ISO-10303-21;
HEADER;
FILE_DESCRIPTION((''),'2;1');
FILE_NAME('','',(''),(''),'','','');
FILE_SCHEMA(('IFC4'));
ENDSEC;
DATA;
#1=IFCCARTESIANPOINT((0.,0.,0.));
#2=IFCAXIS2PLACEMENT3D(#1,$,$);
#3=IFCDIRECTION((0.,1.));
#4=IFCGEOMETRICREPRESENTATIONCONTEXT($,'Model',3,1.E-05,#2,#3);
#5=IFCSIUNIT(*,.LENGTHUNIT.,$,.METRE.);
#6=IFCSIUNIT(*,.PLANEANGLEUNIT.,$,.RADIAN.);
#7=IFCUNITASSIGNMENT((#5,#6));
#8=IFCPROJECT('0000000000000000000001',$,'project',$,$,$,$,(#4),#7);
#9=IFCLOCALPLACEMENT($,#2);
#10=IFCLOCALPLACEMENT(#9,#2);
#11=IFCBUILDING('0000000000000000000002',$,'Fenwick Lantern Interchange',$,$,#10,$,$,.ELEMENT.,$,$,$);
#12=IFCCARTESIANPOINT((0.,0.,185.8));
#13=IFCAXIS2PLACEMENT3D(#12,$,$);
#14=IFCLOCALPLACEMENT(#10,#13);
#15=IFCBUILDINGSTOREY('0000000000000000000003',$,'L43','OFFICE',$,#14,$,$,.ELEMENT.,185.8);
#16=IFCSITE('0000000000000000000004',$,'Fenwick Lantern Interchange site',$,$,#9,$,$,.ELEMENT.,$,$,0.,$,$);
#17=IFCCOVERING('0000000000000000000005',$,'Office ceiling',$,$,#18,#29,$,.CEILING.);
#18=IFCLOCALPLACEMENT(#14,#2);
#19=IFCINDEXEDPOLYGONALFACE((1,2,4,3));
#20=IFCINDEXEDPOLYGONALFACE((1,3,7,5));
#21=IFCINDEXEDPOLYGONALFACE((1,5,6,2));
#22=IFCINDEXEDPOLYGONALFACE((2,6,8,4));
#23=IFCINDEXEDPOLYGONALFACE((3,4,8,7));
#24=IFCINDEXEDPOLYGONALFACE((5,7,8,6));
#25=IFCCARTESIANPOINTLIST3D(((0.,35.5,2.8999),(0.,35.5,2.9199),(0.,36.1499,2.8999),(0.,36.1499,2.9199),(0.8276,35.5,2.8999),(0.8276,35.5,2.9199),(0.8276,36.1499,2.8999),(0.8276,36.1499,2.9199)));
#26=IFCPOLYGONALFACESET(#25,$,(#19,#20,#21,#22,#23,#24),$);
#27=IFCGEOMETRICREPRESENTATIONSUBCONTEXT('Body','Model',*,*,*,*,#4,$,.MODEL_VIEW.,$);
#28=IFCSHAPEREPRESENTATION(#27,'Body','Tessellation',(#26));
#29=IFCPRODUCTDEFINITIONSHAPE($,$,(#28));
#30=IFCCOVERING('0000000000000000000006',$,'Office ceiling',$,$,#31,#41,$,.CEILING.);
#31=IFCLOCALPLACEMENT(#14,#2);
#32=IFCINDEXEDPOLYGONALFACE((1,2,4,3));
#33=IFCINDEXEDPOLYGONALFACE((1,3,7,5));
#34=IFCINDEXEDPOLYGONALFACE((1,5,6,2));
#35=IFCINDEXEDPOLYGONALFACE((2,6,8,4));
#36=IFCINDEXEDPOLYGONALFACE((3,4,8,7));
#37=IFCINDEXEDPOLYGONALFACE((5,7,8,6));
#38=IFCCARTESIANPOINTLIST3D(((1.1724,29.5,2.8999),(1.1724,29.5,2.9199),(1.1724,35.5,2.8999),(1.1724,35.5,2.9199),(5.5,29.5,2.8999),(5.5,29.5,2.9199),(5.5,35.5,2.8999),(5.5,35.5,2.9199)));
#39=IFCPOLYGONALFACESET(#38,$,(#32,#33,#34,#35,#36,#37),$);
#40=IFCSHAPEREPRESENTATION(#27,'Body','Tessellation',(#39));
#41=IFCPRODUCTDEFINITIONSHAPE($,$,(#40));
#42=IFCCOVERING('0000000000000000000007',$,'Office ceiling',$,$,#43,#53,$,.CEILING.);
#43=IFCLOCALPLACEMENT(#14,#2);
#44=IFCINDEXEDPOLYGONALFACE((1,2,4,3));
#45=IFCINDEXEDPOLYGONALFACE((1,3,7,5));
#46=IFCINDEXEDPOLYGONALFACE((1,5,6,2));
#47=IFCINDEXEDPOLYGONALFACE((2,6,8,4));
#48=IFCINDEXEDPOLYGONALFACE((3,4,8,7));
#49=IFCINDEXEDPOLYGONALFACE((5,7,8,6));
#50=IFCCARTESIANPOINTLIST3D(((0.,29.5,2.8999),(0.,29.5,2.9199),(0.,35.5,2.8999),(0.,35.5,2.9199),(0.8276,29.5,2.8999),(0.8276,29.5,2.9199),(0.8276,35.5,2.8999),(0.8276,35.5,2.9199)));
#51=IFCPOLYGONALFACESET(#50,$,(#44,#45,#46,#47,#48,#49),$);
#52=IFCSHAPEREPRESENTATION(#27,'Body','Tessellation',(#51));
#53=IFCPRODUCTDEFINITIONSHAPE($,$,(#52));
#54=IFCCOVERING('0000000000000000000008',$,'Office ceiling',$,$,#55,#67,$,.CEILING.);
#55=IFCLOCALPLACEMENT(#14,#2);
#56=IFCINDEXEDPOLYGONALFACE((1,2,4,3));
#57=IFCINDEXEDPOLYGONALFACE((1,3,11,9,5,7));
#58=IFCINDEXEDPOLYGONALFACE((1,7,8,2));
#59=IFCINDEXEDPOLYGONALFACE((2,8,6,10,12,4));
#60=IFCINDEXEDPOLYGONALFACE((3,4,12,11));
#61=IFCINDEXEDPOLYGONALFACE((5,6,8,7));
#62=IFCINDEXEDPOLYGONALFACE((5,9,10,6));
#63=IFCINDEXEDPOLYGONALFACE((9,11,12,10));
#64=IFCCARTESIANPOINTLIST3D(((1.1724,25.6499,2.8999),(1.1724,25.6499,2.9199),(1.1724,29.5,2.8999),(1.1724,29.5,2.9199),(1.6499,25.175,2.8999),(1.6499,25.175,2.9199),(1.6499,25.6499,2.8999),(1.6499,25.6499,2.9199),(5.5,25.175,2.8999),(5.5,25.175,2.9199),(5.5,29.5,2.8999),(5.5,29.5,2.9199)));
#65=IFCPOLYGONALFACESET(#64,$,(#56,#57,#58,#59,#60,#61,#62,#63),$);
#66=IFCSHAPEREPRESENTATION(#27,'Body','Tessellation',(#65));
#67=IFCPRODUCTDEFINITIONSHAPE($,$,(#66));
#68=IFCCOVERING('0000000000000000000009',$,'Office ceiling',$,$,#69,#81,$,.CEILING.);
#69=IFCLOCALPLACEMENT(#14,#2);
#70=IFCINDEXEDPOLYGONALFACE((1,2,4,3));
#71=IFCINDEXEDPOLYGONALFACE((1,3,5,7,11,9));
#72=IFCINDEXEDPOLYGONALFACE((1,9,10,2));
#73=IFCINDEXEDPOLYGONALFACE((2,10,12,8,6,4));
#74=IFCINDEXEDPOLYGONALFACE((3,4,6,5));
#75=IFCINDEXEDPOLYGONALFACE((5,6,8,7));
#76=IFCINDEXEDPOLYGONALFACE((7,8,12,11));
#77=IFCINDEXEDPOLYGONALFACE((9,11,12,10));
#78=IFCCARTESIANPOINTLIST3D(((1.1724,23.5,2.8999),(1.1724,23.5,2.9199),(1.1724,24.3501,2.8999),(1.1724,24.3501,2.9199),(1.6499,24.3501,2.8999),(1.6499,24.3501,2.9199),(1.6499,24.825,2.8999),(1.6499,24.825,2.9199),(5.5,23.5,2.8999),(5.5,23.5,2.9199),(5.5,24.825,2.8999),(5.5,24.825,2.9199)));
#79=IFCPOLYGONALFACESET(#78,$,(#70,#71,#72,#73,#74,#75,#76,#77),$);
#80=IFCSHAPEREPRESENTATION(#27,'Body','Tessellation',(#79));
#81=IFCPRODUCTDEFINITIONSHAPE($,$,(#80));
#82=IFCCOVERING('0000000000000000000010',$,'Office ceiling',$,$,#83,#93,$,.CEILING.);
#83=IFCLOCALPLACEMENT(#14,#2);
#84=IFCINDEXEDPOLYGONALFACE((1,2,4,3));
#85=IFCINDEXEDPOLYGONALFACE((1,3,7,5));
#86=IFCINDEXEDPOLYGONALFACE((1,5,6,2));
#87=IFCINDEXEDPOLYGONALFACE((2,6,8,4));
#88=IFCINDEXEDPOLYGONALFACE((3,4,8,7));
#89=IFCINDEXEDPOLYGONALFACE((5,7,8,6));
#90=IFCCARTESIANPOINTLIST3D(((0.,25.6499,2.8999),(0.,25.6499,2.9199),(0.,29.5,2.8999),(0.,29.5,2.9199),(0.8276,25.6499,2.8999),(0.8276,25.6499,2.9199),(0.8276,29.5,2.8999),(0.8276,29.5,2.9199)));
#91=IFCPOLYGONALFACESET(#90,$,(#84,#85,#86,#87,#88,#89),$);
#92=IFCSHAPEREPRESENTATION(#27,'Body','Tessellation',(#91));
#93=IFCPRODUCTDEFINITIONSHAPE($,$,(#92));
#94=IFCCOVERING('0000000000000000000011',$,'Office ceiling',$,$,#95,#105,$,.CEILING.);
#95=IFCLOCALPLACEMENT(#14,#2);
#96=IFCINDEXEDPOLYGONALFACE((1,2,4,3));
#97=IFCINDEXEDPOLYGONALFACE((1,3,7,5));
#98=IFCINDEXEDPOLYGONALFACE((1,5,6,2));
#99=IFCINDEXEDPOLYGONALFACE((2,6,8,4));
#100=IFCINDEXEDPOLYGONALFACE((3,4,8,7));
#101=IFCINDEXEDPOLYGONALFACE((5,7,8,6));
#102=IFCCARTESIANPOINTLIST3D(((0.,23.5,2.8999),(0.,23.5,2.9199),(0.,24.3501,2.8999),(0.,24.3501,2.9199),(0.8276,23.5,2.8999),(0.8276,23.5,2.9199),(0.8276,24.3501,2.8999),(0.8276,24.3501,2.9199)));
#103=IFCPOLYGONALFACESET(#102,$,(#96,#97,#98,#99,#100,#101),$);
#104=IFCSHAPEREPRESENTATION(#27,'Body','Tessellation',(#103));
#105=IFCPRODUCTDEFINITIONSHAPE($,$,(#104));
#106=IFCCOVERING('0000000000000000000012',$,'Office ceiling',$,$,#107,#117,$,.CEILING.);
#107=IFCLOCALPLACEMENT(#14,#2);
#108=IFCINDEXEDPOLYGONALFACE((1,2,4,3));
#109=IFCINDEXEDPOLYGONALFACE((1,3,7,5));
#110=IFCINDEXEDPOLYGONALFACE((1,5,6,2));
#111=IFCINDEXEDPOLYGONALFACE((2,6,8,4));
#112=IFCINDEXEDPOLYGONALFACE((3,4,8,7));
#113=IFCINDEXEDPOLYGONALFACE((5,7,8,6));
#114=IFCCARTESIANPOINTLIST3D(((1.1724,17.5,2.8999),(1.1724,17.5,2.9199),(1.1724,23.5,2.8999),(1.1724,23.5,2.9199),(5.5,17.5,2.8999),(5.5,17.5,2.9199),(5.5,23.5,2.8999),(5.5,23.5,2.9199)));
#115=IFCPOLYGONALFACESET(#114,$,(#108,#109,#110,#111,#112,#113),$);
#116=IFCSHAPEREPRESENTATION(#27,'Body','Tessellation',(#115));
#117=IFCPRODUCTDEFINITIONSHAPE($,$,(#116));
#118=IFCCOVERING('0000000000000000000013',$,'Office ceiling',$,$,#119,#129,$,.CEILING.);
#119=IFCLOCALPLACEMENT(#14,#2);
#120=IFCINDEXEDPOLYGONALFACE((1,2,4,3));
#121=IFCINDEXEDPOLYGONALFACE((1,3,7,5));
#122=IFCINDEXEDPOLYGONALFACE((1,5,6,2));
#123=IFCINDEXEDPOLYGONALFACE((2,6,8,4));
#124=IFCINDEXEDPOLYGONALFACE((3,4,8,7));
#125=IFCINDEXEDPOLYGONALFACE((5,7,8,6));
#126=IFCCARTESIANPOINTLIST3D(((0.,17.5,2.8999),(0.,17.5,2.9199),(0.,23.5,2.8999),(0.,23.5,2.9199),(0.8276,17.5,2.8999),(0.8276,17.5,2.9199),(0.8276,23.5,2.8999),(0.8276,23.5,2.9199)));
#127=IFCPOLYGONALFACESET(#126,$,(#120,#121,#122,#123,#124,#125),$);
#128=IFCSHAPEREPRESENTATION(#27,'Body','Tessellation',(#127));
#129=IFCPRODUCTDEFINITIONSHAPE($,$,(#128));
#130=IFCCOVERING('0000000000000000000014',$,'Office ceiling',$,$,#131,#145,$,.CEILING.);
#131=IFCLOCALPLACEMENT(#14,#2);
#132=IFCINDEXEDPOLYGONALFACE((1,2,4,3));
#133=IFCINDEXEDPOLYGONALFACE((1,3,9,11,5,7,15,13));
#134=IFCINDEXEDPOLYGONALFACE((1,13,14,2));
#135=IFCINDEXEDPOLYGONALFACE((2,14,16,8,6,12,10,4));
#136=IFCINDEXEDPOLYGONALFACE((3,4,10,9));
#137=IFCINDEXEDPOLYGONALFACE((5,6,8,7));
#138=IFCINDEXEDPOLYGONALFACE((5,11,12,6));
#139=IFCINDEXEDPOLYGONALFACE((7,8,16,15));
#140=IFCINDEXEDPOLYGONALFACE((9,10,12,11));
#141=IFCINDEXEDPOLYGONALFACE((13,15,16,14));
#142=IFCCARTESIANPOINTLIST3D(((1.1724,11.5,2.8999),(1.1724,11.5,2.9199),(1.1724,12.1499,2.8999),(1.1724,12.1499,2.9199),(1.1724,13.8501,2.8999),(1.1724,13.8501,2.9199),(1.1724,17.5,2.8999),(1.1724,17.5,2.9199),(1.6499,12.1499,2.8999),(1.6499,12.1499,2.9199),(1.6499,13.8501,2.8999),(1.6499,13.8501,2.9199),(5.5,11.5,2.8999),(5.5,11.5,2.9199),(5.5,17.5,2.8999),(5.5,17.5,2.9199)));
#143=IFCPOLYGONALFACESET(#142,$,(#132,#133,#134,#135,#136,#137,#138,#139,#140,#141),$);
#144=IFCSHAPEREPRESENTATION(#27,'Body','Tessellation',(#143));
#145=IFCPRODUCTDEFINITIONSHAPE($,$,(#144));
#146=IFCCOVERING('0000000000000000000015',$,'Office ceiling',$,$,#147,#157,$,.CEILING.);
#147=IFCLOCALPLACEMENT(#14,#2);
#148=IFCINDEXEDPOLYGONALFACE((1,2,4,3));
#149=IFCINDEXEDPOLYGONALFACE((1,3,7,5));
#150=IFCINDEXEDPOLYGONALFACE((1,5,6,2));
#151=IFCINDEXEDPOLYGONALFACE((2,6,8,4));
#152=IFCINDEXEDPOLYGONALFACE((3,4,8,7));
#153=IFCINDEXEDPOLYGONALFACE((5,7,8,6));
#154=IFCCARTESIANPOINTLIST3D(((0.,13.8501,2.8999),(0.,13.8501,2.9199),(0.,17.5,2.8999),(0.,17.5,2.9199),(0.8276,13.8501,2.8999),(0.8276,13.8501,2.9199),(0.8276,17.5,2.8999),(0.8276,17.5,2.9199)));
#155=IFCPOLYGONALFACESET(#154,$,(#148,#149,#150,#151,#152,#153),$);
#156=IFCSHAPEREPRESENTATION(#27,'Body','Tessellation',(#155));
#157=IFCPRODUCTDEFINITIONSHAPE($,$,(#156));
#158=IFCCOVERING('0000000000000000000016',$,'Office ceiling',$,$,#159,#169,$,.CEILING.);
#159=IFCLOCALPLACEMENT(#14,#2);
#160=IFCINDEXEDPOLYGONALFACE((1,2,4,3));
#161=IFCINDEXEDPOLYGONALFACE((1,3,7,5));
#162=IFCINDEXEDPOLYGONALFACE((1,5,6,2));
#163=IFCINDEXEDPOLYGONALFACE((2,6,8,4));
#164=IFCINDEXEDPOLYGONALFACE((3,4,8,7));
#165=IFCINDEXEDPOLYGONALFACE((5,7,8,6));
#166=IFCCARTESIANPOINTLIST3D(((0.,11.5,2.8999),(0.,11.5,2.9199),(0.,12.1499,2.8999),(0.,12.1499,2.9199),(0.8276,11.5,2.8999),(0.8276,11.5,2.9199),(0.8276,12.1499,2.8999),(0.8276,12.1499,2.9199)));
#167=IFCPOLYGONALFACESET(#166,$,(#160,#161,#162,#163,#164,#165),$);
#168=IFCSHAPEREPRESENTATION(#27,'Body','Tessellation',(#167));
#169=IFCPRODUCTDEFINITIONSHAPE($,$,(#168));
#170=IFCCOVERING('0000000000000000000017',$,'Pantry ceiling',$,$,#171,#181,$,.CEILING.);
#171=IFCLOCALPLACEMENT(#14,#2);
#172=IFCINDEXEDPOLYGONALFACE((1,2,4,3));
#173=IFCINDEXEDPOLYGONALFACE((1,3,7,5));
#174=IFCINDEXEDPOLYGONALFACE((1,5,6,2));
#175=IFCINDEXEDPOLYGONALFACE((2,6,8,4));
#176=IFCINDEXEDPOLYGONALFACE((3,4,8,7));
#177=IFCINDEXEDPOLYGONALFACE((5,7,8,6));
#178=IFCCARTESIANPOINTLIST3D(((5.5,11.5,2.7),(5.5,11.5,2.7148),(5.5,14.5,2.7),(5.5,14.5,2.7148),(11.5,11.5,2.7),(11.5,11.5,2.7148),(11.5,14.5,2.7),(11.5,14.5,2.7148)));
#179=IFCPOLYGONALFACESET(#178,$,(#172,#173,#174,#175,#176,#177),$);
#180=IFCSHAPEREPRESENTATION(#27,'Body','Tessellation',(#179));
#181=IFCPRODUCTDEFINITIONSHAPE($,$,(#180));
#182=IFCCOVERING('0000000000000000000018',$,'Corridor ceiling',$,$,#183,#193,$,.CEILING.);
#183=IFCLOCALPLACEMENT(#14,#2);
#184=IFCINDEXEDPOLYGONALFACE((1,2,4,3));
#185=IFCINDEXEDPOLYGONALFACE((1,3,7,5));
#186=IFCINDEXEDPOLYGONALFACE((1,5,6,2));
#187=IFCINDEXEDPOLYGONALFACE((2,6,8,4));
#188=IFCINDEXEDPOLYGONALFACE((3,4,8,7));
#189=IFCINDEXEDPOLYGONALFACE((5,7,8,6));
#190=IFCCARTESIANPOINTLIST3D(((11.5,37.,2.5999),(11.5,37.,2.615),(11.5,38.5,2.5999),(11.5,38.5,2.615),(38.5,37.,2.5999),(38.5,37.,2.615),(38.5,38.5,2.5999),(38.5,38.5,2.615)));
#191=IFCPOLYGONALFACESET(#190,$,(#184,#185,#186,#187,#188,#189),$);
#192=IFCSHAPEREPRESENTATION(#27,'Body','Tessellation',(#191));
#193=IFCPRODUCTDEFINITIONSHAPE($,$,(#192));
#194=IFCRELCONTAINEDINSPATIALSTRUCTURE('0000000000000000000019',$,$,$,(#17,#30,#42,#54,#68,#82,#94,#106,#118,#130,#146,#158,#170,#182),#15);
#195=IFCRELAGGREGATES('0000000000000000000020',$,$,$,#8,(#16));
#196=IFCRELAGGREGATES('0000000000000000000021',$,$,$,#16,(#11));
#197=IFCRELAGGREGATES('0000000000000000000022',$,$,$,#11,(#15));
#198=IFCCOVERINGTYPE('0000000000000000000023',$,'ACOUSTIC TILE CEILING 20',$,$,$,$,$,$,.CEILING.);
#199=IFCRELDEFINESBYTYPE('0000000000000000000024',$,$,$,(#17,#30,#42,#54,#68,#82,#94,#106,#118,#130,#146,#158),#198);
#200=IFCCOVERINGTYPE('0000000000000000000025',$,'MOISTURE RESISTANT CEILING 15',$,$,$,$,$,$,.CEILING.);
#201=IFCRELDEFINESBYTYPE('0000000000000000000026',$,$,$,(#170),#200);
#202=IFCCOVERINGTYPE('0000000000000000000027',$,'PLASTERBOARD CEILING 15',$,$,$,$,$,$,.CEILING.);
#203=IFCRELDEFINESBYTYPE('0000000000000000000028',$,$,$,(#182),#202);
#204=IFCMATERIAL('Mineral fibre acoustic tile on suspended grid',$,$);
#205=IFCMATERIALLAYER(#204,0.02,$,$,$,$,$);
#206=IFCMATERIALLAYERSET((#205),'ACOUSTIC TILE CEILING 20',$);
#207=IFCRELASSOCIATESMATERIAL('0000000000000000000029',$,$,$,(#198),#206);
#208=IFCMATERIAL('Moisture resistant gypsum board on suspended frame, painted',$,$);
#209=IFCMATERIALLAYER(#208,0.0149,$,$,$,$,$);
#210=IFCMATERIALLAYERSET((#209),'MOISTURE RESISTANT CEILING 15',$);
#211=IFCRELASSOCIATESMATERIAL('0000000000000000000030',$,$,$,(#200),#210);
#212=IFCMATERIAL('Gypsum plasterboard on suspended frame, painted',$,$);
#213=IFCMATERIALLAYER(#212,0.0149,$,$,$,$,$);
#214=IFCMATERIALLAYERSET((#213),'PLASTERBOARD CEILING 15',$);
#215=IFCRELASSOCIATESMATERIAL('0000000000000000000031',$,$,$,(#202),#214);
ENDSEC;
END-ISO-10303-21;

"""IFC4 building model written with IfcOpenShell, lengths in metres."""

from ifc_helpers import new_model, si_unit, direction, frame, origin, place, context, subcontext, project, spatial, polyline, outline, extrude, material, layer, layer_set, type_object, element, save


model = new_model("IFC4")

# Units and contexts
model_context = context("Model", 3, precision=1e-05, world=origin(), true_north=direction((0.0, 1.0)))
body_context = subcontext(model_context, "Body", "Model", "MODEL_VIEW")
ifc_project = project(units=[si_unit("LENGTHUNIT", "METRE"), si_unit("PLANEANGLEUNIT", "RADIAN")], contexts=[model_context])

# Site, building, storey
site_placement = place(None, origin())
site = spatial("IfcSite", under=ifc_project, at=site_placement, Name="Fenwick Lantern Interchange site", CompositionType="ELEMENT", RefElevation=0.0)
building_placement = place(site_placement, origin())
building = spatial("IfcBuilding", under=site, at=building_placement, Name="Fenwick Lantern Interchange", CompositionType="ELEMENT")
storey_placement = place(building_placement, frame((0.0, 0.0, 185.8)))
storey = spatial("IfcBuildingStorey", under=building, at=storey_placement, Name="L43", Description="OFFICE", CompositionType="ELEMENT", Elevation=185.8)

# Coverings
ifc_material_1 = material(Name="Mineral fibre acoustic tile on suspended grid")
ifc_layer_1 = layer(ifc_material_1, 0.02)
ifc_layer_set_1 = layer_set([ifc_layer_1], Name="ACOUSTIC TILE CEILING 20")
covering_type_1 = type_object("IfcCoveringType", Name="ACOUSTIC TILE CEILING 20", PredefinedType="CEILING", material=ifc_layer_set_1)
covering_1_placement = place(storey_placement, frame((0.0, 0.0, 2.8999)))
element("IfcCovering", 1, at=covering_1_placement, inside=storey, type_object=covering_type_1, Name="Office ceiling", PredefinedType="CEILING", context=body_context, shape_type="SweptSolid", body=[
    extrude(outline(polyline([(0.0, 35.5), (0.8276, 35.5), (0.8276, 36.1499), (0.0, 36.1499), (0.0, 35.5)])), origin(), (0.0, 0.0, 1.0), 0.02),
])
covering_2_placement = place(storey_placement, frame((0.0, 0.0, 2.8999)))
element("IfcCovering", 2, at=covering_2_placement, inside=storey, type_object=covering_type_1, Name="Office ceiling", PredefinedType="CEILING", context=body_context, shape_type="SweptSolid", body=[
    extrude(outline(polyline([(5.5, 35.5), (1.1724, 35.5), (1.1724, 29.5), (5.5, 29.5), (5.5, 35.5)])), origin(), (0.0, 0.0, 1.0), 0.02),
])
covering_3_placement = place(storey_placement, frame((0.0, 0.0, 2.8999)))
element("IfcCovering", 3, at=covering_3_placement, inside=storey, type_object=covering_type_1, Name="Office ceiling", PredefinedType="CEILING", context=body_context, shape_type="SweptSolid", body=[
    extrude(outline(polyline([(0.0, 29.5), (0.8276, 29.5), (0.8276, 35.5), (0.0, 35.5), (0.0, 29.5)])), origin(), (0.0, 0.0, 1.0), 0.02),
])
covering_4_placement = place(storey_placement, frame((0.0, 0.0, 2.8999)))
element("IfcCovering", 4, at=covering_4_placement, inside=storey, type_object=covering_type_1, Name="Office ceiling", PredefinedType="CEILING", context=body_context, shape_type="SweptSolid", body=[
    extrude(outline(polyline([(5.5, 29.5), (1.1724, 29.5), (1.1724, 25.6499), (1.6499, 25.6499), (1.6499, 25.175), (5.5, 25.175), (5.5, 29.5)])), origin(), (0.0, 0.0, 1.0), 0.02),
])
covering_5_placement = place(storey_placement, frame((0.0, 0.0, 2.8999)))
element("IfcCovering", 5, at=covering_5_placement, inside=storey, type_object=covering_type_1, Name="Office ceiling", PredefinedType="CEILING", context=body_context, shape_type="SweptSolid", body=[
    extrude(outline(polyline([(5.5, 23.5), (5.5, 24.825), (1.6499, 24.825), (1.6499, 24.3501), (1.1724, 24.3501), (1.1724, 23.5), (5.5, 23.5)])), origin(), (0.0, 0.0, 1.0), 0.02),
])
covering_6_placement = place(storey_placement, frame((0.0, 0.0, 2.8999)))
element("IfcCovering", 6, at=covering_6_placement, inside=storey, type_object=covering_type_1, Name="Office ceiling", PredefinedType="CEILING", context=body_context, shape_type="SweptSolid", body=[
    extrude(outline(polyline([(0.8276, 29.5), (0.0, 29.5), (0.0, 25.6499), (0.8276, 25.6499), (0.8276, 29.5)])), origin(), (0.0, 0.0, 1.0), 0.02),
])
covering_7_placement = place(storey_placement, frame((0.0, 0.0, 2.8999)))
element("IfcCovering", 7, at=covering_7_placement, inside=storey, type_object=covering_type_1, Name="Office ceiling", PredefinedType="CEILING", context=body_context, shape_type="SweptSolid", body=[
    extrude(outline(polyline([(0.0, 23.5), (0.8276, 23.5), (0.8276, 24.3501), (0.0, 24.3501), (0.0, 23.5)])), origin(), (0.0, 0.0, 1.0), 0.02),
])
covering_8_placement = place(storey_placement, frame((0.0, 0.0, 2.8999)))
element("IfcCovering", 8, at=covering_8_placement, inside=storey, type_object=covering_type_1, Name="Office ceiling", PredefinedType="CEILING", context=body_context, shape_type="SweptSolid", body=[
    extrude(outline(polyline([(5.5, 23.5), (1.1724, 23.5), (1.1724, 17.5), (5.5, 17.5), (5.5, 23.5)])), origin(), (0.0, 0.0, 1.0), 0.02),
])
covering_9_placement = place(storey_placement, frame((0.0, 0.0, 2.8999)))
element("IfcCovering", 9, at=covering_9_placement, inside=storey, type_object=covering_type_1, Name="Office ceiling", PredefinedType="CEILING", context=body_context, shape_type="SweptSolid", body=[
    extrude(outline(polyline([(0.0, 17.5), (0.8276, 17.5), (0.8276, 23.5), (0.0, 23.5), (0.0, 17.5)])), origin(), (0.0, 0.0, 1.0), 0.02),
])
covering_10_placement = place(storey_placement, frame((0.0, 0.0, 2.8999)))
element("IfcCovering", 10, at=covering_10_placement, inside=storey, type_object=covering_type_1, Name="Office ceiling", PredefinedType="CEILING", context=body_context, shape_type="SweptSolid", body=[
    extrude(outline(polyline([(5.5, 17.5), (1.1724, 17.5), (1.1724, 13.8501), (1.6499, 13.8501), (1.6499, 12.1499), (1.1724, 12.1499), (1.1724, 11.5), (5.5, 11.5), (5.5, 17.5)])), origin(), (0.0, 0.0, 1.0), 0.02),
])
covering_11_placement = place(storey_placement, frame((0.0, 0.0, 2.8999)))
element("IfcCovering", 11, at=covering_11_placement, inside=storey, type_object=covering_type_1, Name="Office ceiling", PredefinedType="CEILING", context=body_context, shape_type="SweptSolid", body=[
    extrude(outline(polyline([(0.8276, 17.5), (0.0, 17.5), (0.0, 13.8501), (0.8276, 13.8501), (0.8276, 17.5)])), origin(), (0.0, 0.0, 1.0), 0.02),
])
covering_12_placement = place(storey_placement, frame((0.0, 0.0, 2.8999)))
element("IfcCovering", 12, at=covering_12_placement, inside=storey, type_object=covering_type_1, Name="Office ceiling", PredefinedType="CEILING", context=body_context, shape_type="SweptSolid", body=[
    extrude(outline(polyline([(0.0, 11.5), (0.8276, 11.5), (0.8276, 12.1499), (0.0, 12.1499), (0.0, 11.5)])), origin(), (0.0, 0.0, 1.0), 0.02),
])
ifc_material_2 = material(Name="Moisture resistant gypsum board on suspended frame, painted")
ifc_layer_2 = layer(ifc_material_2, 0.0149)
ifc_layer_set_2 = layer_set([ifc_layer_2], Name="MOISTURE RESISTANT CEILING 15")
covering_type_2 = type_object("IfcCoveringType", Name="MOISTURE RESISTANT CEILING 15", PredefinedType="CEILING", material=ifc_layer_set_2)
covering_13_placement = place(storey_placement, frame((0.0, 0.0, 2.7)))
element("IfcCovering", 13, at=covering_13_placement, inside=storey, type_object=covering_type_2, Name="Pantry ceiling", PredefinedType="CEILING", context=body_context, shape_type="SweptSolid", body=[
    extrude(outline(polyline([(5.5, 14.5), (5.5, 11.5), (11.5, 11.5), (11.5, 14.5), (5.5, 14.5)])), origin(), (0.0, 0.0, 1.0), 0.0149),
])
ifc_material_3 = material(Name="Gypsum plasterboard on suspended frame, painted")
ifc_layer_3 = layer(ifc_material_3, 0.0149)
ifc_layer_set_3 = layer_set([ifc_layer_3], Name="PLASTERBOARD CEILING 15")
covering_type_3 = type_object("IfcCoveringType", Name="PLASTERBOARD CEILING 15", PredefinedType="CEILING", material=ifc_layer_set_3)
covering_14_placement = place(storey_placement, frame((0.0, 0.0, 2.5999)))
element("IfcCovering", 14, at=covering_14_placement, inside=storey, type_object=covering_type_3, Name="Corridor ceiling", PredefinedType="CEILING", context=body_context, shape_type="SweptSolid", body=[
    extrude(outline(polyline([(11.5, 38.5), (11.5, 37.0), (38.5, 37.0), (38.5, 38.5), (11.5, 38.5)])), origin(), (0.0, 0.0, 1.0), 0.0151),
])

save(model, "model.ifc")
